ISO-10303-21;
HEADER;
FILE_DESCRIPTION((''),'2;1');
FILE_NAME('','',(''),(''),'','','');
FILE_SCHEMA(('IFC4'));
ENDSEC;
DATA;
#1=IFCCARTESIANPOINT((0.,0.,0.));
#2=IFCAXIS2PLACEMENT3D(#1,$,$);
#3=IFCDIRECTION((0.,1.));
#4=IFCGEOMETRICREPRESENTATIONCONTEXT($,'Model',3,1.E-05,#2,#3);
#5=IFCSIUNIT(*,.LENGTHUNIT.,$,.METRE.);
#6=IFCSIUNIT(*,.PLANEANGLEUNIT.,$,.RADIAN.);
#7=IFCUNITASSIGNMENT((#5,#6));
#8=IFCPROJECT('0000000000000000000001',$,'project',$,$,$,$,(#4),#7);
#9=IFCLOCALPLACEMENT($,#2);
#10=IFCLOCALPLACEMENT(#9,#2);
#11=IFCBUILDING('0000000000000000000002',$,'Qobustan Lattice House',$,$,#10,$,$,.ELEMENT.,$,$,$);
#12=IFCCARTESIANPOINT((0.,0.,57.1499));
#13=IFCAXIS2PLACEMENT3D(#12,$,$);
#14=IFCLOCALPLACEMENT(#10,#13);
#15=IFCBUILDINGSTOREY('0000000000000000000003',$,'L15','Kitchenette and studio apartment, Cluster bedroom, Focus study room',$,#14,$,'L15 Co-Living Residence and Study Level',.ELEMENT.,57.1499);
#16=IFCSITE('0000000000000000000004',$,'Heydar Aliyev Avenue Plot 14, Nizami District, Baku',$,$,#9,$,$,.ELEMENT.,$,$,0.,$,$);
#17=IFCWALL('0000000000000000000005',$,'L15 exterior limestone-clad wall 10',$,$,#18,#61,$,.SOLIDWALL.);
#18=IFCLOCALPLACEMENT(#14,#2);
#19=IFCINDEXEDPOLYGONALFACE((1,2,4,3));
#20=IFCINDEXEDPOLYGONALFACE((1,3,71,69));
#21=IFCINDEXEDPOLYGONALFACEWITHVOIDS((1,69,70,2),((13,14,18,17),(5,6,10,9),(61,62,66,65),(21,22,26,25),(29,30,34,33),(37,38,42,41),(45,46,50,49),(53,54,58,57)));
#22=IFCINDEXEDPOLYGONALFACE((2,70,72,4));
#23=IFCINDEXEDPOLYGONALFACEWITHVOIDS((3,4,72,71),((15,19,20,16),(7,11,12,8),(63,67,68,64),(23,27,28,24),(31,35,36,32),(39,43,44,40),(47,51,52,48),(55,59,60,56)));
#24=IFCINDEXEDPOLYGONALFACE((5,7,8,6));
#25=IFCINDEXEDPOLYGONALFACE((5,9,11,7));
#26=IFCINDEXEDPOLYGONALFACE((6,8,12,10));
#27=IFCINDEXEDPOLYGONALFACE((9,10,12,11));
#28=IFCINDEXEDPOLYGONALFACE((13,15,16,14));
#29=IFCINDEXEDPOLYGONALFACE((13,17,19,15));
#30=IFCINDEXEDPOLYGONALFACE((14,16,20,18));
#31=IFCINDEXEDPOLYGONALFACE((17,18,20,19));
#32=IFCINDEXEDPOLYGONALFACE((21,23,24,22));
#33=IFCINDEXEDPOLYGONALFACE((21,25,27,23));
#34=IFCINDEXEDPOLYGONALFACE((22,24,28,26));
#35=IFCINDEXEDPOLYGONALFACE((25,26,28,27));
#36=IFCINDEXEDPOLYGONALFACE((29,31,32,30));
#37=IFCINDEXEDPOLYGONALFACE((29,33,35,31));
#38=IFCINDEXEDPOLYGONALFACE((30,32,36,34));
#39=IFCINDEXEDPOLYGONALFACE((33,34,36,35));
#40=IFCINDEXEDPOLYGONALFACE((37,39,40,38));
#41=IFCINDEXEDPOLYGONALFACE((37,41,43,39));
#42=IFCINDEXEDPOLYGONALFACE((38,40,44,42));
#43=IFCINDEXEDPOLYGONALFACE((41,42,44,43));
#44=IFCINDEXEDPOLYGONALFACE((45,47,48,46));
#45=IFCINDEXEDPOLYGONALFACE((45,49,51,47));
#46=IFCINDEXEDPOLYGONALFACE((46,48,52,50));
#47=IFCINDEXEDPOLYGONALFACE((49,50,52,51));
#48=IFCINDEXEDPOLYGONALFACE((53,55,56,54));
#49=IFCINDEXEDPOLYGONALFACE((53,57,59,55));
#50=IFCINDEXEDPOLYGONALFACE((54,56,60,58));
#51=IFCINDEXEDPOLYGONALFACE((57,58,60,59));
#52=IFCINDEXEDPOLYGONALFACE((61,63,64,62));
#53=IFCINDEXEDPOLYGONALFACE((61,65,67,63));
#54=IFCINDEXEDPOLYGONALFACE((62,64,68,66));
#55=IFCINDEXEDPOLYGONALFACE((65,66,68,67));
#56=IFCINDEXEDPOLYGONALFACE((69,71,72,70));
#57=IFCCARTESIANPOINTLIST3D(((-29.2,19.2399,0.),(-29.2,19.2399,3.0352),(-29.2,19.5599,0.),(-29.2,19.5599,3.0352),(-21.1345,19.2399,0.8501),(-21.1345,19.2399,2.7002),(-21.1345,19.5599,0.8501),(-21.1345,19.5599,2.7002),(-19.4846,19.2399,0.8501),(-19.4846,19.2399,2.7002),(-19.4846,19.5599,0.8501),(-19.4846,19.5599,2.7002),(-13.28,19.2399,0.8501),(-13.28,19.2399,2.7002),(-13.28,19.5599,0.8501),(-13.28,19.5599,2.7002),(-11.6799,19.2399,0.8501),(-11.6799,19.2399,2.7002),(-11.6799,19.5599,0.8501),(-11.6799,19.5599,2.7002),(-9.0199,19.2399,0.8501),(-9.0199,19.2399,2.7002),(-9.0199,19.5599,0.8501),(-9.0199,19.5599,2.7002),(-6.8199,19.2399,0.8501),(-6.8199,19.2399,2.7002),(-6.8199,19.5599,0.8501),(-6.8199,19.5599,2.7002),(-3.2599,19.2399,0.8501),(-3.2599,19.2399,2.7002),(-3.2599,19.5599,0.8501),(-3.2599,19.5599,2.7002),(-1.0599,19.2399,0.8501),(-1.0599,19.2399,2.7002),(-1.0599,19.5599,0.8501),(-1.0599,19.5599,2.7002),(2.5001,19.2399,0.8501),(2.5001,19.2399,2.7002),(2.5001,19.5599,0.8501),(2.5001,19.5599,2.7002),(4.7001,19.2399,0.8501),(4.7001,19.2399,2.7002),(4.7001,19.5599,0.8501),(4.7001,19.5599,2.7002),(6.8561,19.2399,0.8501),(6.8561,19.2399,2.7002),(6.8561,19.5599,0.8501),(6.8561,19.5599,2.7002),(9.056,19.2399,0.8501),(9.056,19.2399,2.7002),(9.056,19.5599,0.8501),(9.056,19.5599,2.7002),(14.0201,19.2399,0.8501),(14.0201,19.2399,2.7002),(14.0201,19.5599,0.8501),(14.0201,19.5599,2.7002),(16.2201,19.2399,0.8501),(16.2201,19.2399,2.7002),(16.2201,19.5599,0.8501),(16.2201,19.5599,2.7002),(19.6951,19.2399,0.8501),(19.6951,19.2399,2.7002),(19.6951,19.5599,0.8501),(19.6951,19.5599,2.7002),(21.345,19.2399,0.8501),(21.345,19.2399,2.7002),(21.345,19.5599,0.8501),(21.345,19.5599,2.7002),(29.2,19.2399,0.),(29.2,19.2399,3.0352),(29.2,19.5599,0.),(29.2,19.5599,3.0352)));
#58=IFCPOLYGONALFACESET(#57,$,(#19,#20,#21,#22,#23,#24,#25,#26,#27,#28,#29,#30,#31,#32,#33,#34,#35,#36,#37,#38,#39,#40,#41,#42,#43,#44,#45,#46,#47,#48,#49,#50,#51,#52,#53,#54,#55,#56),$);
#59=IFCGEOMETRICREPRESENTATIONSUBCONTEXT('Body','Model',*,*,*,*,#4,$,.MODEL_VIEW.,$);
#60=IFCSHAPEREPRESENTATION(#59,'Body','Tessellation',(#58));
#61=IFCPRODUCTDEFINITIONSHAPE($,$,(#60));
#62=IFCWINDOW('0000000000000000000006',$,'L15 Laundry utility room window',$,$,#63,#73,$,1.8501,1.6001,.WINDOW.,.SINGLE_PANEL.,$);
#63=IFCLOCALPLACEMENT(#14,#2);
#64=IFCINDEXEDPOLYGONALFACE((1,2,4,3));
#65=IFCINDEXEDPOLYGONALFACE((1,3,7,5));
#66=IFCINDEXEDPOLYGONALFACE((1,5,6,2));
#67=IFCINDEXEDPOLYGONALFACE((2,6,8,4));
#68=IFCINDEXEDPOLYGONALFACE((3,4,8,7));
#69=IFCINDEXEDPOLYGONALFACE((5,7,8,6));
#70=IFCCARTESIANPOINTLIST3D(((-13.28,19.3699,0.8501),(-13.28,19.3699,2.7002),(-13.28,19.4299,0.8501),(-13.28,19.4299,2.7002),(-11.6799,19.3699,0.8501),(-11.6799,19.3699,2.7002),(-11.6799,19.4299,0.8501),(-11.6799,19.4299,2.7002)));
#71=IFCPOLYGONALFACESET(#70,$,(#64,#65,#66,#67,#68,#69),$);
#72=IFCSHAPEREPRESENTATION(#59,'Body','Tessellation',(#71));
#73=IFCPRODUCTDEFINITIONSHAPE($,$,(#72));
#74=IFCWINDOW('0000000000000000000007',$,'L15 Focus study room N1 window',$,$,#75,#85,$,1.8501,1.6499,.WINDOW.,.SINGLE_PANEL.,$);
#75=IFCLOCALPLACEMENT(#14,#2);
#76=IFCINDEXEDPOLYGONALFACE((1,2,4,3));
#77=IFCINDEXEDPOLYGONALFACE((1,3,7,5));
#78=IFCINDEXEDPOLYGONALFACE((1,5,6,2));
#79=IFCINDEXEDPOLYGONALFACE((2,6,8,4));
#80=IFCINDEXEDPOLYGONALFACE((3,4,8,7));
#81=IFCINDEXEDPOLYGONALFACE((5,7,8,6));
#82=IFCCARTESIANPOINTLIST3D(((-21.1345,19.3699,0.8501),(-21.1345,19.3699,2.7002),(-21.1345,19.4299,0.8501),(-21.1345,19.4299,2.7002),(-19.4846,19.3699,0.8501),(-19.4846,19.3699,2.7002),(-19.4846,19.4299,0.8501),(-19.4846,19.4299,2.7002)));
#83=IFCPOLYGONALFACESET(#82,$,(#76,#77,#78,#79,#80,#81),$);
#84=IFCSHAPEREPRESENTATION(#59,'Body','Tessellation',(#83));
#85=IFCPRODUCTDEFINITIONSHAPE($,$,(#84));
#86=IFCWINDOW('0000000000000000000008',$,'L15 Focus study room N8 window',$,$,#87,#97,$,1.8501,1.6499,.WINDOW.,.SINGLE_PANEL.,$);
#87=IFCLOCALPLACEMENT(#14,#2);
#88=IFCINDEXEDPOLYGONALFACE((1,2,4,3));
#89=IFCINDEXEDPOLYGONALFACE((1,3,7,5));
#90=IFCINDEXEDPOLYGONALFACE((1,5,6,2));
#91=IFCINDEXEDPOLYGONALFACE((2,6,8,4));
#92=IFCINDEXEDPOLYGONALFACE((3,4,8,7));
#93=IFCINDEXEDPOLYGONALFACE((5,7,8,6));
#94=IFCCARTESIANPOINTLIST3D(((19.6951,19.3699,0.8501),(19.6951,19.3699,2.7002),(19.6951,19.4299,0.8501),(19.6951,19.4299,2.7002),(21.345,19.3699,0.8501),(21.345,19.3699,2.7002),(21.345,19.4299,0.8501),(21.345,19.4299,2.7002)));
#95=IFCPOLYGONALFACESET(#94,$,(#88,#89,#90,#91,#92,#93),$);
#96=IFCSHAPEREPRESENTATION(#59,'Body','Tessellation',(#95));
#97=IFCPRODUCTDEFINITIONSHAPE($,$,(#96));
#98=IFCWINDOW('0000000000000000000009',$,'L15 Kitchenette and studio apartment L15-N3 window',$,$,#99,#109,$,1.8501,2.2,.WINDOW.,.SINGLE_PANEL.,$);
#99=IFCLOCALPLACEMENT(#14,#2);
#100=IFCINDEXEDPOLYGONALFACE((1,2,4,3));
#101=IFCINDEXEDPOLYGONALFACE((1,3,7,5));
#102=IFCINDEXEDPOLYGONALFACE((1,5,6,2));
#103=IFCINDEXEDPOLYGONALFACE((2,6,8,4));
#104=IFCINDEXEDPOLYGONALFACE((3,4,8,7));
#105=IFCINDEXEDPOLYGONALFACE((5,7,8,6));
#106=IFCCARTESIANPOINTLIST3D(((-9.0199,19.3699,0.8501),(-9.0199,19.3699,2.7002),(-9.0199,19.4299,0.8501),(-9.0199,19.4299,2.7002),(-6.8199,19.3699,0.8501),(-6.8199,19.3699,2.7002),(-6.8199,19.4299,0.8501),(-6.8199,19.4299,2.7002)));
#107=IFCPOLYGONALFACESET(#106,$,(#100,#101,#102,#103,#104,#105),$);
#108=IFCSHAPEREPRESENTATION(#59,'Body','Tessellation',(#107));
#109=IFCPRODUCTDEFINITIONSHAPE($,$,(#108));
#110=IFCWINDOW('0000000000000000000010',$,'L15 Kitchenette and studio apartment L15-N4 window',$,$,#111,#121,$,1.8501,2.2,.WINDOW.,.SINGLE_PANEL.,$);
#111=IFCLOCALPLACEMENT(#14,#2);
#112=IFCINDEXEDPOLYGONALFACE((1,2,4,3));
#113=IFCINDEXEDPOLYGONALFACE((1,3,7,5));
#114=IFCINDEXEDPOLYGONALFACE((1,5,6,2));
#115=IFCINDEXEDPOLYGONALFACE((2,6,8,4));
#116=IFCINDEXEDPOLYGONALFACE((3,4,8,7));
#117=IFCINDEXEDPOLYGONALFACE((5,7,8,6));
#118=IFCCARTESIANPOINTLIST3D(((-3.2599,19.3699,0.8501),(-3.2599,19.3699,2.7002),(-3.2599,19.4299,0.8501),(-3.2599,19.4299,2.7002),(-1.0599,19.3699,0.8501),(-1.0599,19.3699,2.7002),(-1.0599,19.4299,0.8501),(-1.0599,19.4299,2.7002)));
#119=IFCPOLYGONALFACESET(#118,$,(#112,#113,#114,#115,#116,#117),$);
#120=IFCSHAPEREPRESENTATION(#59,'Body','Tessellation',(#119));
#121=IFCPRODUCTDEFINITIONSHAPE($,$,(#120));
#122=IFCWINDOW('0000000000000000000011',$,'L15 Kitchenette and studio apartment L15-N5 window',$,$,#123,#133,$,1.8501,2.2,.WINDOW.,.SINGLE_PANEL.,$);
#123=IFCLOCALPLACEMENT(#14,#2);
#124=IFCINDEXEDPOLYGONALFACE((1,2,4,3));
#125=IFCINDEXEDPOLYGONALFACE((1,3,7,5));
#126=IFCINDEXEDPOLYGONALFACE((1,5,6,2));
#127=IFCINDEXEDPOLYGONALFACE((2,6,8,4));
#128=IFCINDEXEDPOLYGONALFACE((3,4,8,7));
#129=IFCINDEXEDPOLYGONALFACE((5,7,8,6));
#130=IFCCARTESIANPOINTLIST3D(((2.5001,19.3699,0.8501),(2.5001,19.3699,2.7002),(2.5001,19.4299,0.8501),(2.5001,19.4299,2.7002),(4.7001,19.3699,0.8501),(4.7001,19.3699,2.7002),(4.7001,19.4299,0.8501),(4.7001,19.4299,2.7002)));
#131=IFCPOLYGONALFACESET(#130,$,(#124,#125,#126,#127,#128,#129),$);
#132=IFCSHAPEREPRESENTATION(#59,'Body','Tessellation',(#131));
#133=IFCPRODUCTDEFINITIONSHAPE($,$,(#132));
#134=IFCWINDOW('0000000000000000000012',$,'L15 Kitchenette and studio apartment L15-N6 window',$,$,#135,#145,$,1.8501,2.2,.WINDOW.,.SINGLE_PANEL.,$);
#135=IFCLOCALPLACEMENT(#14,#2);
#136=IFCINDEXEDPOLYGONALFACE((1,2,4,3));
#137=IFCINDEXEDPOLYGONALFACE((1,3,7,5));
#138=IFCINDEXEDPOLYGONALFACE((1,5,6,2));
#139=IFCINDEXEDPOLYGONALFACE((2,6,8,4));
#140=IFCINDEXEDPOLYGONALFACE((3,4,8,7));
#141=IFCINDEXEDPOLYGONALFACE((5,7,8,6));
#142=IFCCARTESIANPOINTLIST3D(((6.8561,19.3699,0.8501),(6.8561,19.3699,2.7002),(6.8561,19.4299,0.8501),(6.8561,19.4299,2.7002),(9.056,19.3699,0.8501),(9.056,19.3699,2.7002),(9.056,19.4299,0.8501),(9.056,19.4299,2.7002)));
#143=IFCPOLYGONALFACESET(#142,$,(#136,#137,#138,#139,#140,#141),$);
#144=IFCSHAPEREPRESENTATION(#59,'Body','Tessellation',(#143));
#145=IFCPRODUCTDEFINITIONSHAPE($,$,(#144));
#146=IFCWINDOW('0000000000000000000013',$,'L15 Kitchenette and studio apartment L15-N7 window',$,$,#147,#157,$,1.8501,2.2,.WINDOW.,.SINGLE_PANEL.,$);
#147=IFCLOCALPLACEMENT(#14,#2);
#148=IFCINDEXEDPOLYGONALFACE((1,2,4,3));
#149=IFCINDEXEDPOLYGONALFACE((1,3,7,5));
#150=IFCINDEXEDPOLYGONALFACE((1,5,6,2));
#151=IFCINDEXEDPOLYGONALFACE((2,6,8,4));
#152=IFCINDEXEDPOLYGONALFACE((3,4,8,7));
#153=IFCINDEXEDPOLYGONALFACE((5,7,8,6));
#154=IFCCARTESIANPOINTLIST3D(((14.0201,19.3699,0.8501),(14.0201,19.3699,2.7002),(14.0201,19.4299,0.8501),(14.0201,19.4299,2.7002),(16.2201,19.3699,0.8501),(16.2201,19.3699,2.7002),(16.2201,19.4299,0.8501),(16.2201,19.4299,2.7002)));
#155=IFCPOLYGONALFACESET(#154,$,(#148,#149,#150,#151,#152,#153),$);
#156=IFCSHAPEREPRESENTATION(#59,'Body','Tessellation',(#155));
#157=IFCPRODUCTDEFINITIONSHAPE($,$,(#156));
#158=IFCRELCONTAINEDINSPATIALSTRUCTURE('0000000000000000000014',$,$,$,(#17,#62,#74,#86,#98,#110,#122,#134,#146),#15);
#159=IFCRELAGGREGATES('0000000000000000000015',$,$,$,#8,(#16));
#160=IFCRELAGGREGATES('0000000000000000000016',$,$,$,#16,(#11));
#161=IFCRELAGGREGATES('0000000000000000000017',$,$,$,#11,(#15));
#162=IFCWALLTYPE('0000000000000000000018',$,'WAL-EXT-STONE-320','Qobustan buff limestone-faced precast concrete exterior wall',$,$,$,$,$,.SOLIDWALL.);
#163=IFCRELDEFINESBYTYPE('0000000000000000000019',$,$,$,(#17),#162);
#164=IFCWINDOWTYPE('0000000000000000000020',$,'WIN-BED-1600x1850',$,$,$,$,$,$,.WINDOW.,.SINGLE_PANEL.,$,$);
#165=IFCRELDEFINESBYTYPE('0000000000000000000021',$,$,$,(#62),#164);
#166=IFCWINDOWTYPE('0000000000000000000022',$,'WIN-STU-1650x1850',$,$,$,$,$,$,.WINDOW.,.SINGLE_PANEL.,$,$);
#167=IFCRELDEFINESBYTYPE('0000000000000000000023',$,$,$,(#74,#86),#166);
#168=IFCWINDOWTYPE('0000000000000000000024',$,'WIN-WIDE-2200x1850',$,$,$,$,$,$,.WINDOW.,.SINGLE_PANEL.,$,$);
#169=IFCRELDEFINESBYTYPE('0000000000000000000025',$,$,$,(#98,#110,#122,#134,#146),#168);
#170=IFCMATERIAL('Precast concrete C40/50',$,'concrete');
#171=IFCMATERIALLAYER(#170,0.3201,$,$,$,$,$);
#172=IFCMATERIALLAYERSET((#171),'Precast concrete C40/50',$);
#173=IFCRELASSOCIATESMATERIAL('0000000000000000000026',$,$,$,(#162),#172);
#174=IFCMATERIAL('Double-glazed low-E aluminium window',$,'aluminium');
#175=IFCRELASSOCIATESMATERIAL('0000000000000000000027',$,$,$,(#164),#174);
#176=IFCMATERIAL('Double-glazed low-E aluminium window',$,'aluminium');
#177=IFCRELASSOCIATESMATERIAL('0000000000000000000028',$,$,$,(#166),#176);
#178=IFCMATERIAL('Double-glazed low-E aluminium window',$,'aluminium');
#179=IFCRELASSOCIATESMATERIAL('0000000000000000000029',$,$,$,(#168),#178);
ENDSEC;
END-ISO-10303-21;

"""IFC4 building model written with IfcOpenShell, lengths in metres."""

from ifc_helpers import new_model, si_unit, direction, frame, frame_2d, origin, place, context, subcontext, project, spatial, rectangle, extrude, material, layer, layer_set, type_object, element, fill, save


model = new_model("IFC4")

# Units and contexts
model_context = context("Model", 3, precision=1e-05, world=origin(), true_north=direction((0.0, 1.0)))
body_context = subcontext(model_context, "Body", "Model", "MODEL_VIEW")
ifc_project = project(units=[si_unit("LENGTHUNIT", "METRE"), si_unit("PLANEANGLEUNIT", "RADIAN")], contexts=[model_context])

# Site, building, storey
site_placement = place(None, origin())
site = spatial("IfcSite", under=ifc_project, at=site_placement, Name="Heydar Aliyev Avenue Plot 14, Nizami District, Baku", CompositionType="ELEMENT", RefElevation=0.0)
building_placement = place(site_placement, origin())
building = spatial("IfcBuilding", under=site, at=building_placement, Name="Qobustan Lattice House", CompositionType="ELEMENT")
storey_placement = place(building_placement, frame((0.0, 0.0, 57.1499)))
storey = spatial("IfcBuildingStorey", under=building, at=storey_placement, Name="L15", Description="Kitchenette and studio apartment, Cluster bedroom, Focus study room", LongName="L15 Co-Living Residence and Study Level", CompositionType="ELEMENT", Elevation=57.1499)

# Shared definitions
ifc_material_1 = material(Name="Precast concrete C40/50", Category="concrete")
ifc_layer_1 = layer(ifc_material_1, 0.3201)
ifc_layer_set_1 = layer_set([ifc_layer_1], Name="Precast concrete C40/50")
wall_type = type_object("IfcWallType", Name="WAL-EXT-STONE-320", Description="Qobustan buff limestone-faced precast concrete exterior wall", PredefinedType="SOLIDWALL", material=ifc_layer_set_1)

# Wall, openings, windows
wall_1_placement = place(storey_placement, frame((-29.2, 19.3999, 0.0), z_axis=(0.0, 0.0, 1.0), x_axis=(1.0, 0.0, 0.0)))
wall_1 = element("IfcWall", 1, at=wall_1_placement, inside=storey, type_object=wall_type, Name="L15 exterior limestone-clad wall 10", PredefinedType="SOLIDWALL", context=body_context, shape_type="SweptSolid", body=[
    extrude(rectangle(XDim=58.3999, YDim=0.3201, at=frame_2d((29.2, 0.0))), origin(), (0.0, 0.0, 1.0), 3.0352),
])
opening_1_placement = place(wall_1_placement, frame((8.0654, 0.0, 0.8501)))
opening_1 = element("IfcOpeningElement", 2, at=opening_1_placement, cuts=wall_1, PredefinedType="OPENING", context=body_context, shape_type="SweptSolid", body=[
    extrude(rectangle(XDim=1.6499, YDim=1.8501, at=frame_2d((0.825, 0.925))), frame((0.0, 0.1699, 0.0), z_axis=(0.0, -1.0, 0.0), x_axis=(1.0, 0.0, 0.0)), (0.0, 0.0, 1.0), 0.3401),
])
opening_2_placement = place(wall_1_placement, frame((15.9199, 0.0, 0.8501)))
opening_2 = element("IfcOpeningElement", 3, at=opening_2_placement, cuts=wall_1, PredefinedType="OPENING", context=body_context, shape_type="SweptSolid", body=[
    extrude(rectangle(XDim=1.6001, YDim=1.8501, at=frame_2d((0.8, 0.925))), frame((0.0, 0.1699, 0.0), z_axis=(0.0, -1.0, 0.0), x_axis=(1.0, 0.0, 0.0)), (0.0, 0.0, 1.0), 0.3401),
])
opening_3_placement = place(wall_1_placement, frame((20.1799, 0.0, 0.8501)))
opening_3 = element("IfcOpeningElement", 4, at=opening_3_placement, cuts=wall_1, PredefinedType="OPENING", context=body_context, shape_type="SweptSolid", body=[
    extrude(rectangle(XDim=2.2, YDim=1.8501, at=frame_2d((1.1001, 0.925))), frame((0.0, 0.1699, 0.0), z_axis=(0.0, -1.0, 0.0), x_axis=(1.0, 0.0, 0.0)), (0.0, 0.0, 1.0), 0.3401),
])
opening_4_placement = place(wall_1_placement, frame((25.9399, 0.0, 0.8501)))
opening_4 = element("IfcOpeningElement", 5, at=opening_4_placement, cuts=wall_1, PredefinedType="OPENING", context=body_context, shape_type="SweptSolid", body=[
    extrude(rectangle(XDim=2.2, YDim=1.8501, at=frame_2d((1.1001, 0.925))), frame((0.0, 0.1699, 0.0), z_axis=(0.0, -1.0, 0.0), x_axis=(1.0, 0.0, 0.0)), (0.0, 0.0, 1.0), 0.3401),
])
opening_5_placement = place(wall_1_placement, frame((31.7, 0.0, 0.8501)))
opening_5 = element("IfcOpeningElement", 6, at=opening_5_placement, cuts=wall_1, PredefinedType="OPENING", context=body_context, shape_type="SweptSolid", body=[
    extrude(rectangle(XDim=2.2, YDim=1.8501, at=frame_2d((1.1001, 0.925))), frame((0.0, 0.1699, 0.0), z_axis=(0.0, -1.0, 0.0), x_axis=(1.0, 0.0, 0.0)), (0.0, 0.0, 1.0), 0.3401),
])
opening_6_placement = place(wall_1_placement, frame((36.0559, 0.0, 0.8501)))
opening_6 = element("IfcOpeningElement", 7, at=opening_6_placement, cuts=wall_1, PredefinedType="OPENING", context=body_context, shape_type="SweptSolid", body=[
    extrude(rectangle(XDim=2.2, YDim=1.8501, at=frame_2d((1.1001, 0.925))), frame((0.0, 0.1699, 0.0), z_axis=(0.0, -1.0, 0.0), x_axis=(1.0, 0.0, 0.0)), (0.0, 0.0, 1.0), 0.3401),
])
opening_7_placement = place(wall_1_placement, frame((43.22, 0.0, 0.8501)))
opening_7 = element("IfcOpeningElement", 8, at=opening_7_placement, cuts=wall_1, PredefinedType="OPENING", context=body_context, shape_type="SweptSolid", body=[
    extrude(rectangle(XDim=2.2, YDim=1.8501, at=frame_2d((1.1001, 0.925))), frame((0.0, 0.1699, 0.0), z_axis=(0.0, -1.0, 0.0), x_axis=(1.0, 0.0, 0.0)), (0.0, 0.0, 1.0), 0.3401),
])
opening_8_placement = place(wall_1_placement, frame((48.895, 0.0, 0.8501)))
opening_8 = element("IfcOpeningElement", 9, at=opening_8_placement, cuts=wall_1, PredefinedType="OPENING", context=body_context, shape_type="SweptSolid", body=[
    extrude(rectangle(XDim=1.6499, YDim=1.8501, at=frame_2d((0.825, 0.925))), frame((0.0, 0.1699, 0.0), z_axis=(0.0, -1.0, 0.0), x_axis=(1.0, 0.0, 0.0)), (0.0, 0.0, 1.0), 0.3401),
])
ifc_material_2 = material(Name="Double-glazed low-E aluminium window", Category="aluminium")
window_type_1 = type_object("IfcWindowType", Name="WIN-BED-1600x1850", PartitioningType="SINGLE_PANEL", PredefinedType="WINDOW", material=ifc_material_2)
window_1_placement = place(opening_2_placement, origin())
window_1 = element("IfcWindow", 10, at=window_1_placement, inside=storey, type_object=window_type_1, Name="L15 Laundry utility room window", OverallHeight=1.8501, OverallWidth=1.6001, PartitioningType="SINGLE_PANEL", PredefinedType="WINDOW", context=body_context, shape_type="SweptSolid", body=[
    extrude(rectangle(XDim=1.6001, YDim=1.8501, at=frame_2d((0.8, 0.925))), frame((0.0, 0.03, 0.0), z_axis=(0.0, -1.0, 0.0), x_axis=(1.0, 0.0, 0.0)), (0.0, 0.0, 1.0), 0.0601),
])
fill(opening_2, window_1)
ifc_material_3 = material(Name="Double-glazed low-E aluminium window", Category="aluminium")
window_type_2 = type_object("IfcWindowType", Name="WIN-STU-1650x1850", PartitioningType="SINGLE_PANEL", PredefinedType="WINDOW", material=ifc_material_3)
window_2_placement = place(opening_1_placement, origin())
window_2 = element("IfcWindow", 11, at=window_2_placement, inside=storey, type_object=window_type_2, Name="L15 Focus study room N1 window", OverallHeight=1.8501, OverallWidth=1.6499, PartitioningType="SINGLE_PANEL", PredefinedType="WINDOW", context=body_context, shape_type="SweptSolid", body=[
    extrude(rectangle(XDim=1.6499, YDim=1.8501, at=frame_2d((0.825, 0.925))), frame((0.0, 0.03, 0.0), z_axis=(0.0, -1.0, 0.0), x_axis=(1.0, 0.0, 0.0)), (0.0, 0.0, 1.0), 0.0601),
])
fill(opening_1, window_2)
window_3_placement = place(opening_8_placement, origin())
window_3 = element("IfcWindow", 12, at=window_3_placement, inside=storey, type_object=window_type_2, Name="L15 Focus study room N8 window", OverallHeight=1.8501, OverallWidth=1.6499, PartitioningType="SINGLE_PANEL", PredefinedType="WINDOW", context=body_context, shape_type="SweptSolid", body=[
    extrude(rectangle(XDim=1.6499, YDim=1.8501, at=frame_2d((0.825, 0.925))), frame((0.0, 0.03, 0.0), z_axis=(0.0, -1.0, 0.0), x_axis=(1.0, 0.0, 0.0)), (0.0, 0.0, 1.0), 0.0601),
])
fill(opening_8, window_3)
ifc_material_4 = material(Name="Double-glazed low-E aluminium window", Category="aluminium")
window_type_3 = type_object("IfcWindowType", Name="WIN-WIDE-2200x1850", PartitioningType="SINGLE_PANEL", PredefinedType="WINDOW", material=ifc_material_4)
window_4_placement = place(opening_3_placement, origin())
window_4 = element("IfcWindow", 13, at=window_4_placement, inside=storey, type_object=window_type_3, Name="L15 Kitchenette and studio apartment L15-N3 window", OverallHeight=1.8501, OverallWidth=2.2, PartitioningType="SINGLE_PANEL", PredefinedType="WINDOW", context=body_context, shape_type="SweptSolid", body=[
    extrude(rectangle(XDim=2.2, YDim=1.8501, at=frame_2d((1.1001, 0.925))), frame((0.0, 0.03, 0.0), z_axis=(0.0, -1.0, 0.0), x_axis=(1.0, 0.0, 0.0)), (0.0, 0.0, 1.0), 0.0601),
])
fill(opening_3, window_4)
window_5_placement = place(opening_4_placement, origin())
window_5 = element("IfcWindow", 14, at=window_5_placement, inside=storey, type_object=window_type_3, Name="L15 Kitchenette and studio apartment L15-N4 window", OverallHeight=1.8501, OverallWidth=2.2, PartitioningType="SINGLE_PANEL", PredefinedType="WINDOW", context=body_context, shape_type="SweptSolid", body=[
    extrude(rectangle(XDim=2.2, YDim=1.8501, at=frame_2d((1.1001, 0.925))), frame((0.0, 0.03, 0.0), z_axis=(0.0, -1.0, 0.0), x_axis=(1.0, 0.0, 0.0)), (0.0, 0.0, 1.0), 0.0601),
])
fill(opening_4, window_5)
window_6_placement = place(opening_5_placement, origin())
window_6 = element("IfcWindow", 15, at=window_6_placement, inside=storey, type_object=window_type_3, Name="L15 Kitchenette and studio apartment L15-N5 window", OverallHeight=1.8501, OverallWidth=2.2, PartitioningType="SINGLE_PANEL", PredefinedType="WINDOW", context=body_context, shape_type="SweptSolid", body=[
    extrude(rectangle(XDim=2.2, YDim=1.8501, at=frame_2d((1.1001, 0.925))), frame((0.0, 0.03, 0.0), z_axis=(0.0, -1.0, 0.0), x_axis=(1.0, 0.0, 0.0)), (0.0, 0.0, 1.0), 0.0601),
])
fill(opening_5, window_6)
window_7_placement = place(opening_6_placement, origin())
window_7 = element("IfcWindow", 16, at=window_7_placement, inside=storey, type_object=window_type_3, Name="L15 Kitchenette and studio apartment L15-N6 window", OverallHeight=1.8501, OverallWidth=2.2, PartitioningType="SINGLE_PANEL", PredefinedType="WINDOW", context=body_context, shape_type="SweptSolid", body=[
    extrude(rectangle(XDim=2.2, YDim=1.8501, at=frame_2d((1.1001, 0.925))), frame((0.0, 0.03, 0.0), z_axis=(0.0, -1.0, 0.0), x_axis=(1.0, 0.0, 0.0)), (0.0, 0.0, 1.0), 0.0601),
])
fill(opening_6, window_7)
window_8_placement = place(opening_7_placement, origin())
window_8 = element("IfcWindow", 17, at=window_8_placement, inside=storey, type_object=window_type_3, Name="L15 Kitchenette and studio apartment L15-N7 window", OverallHeight=1.8501, OverallWidth=2.2, PartitioningType="SINGLE_PANEL", PredefinedType="WINDOW", context=body_context, shape_type="SweptSolid", body=[
    extrude(rectangle(XDim=2.2, YDim=1.8501, at=frame_2d((1.1001, 0.925))), frame((0.0, 0.03, 0.0), z_axis=(0.0, -1.0, 0.0), x_axis=(1.0, 0.0, 0.0)), (0.0, 0.0, 1.0), 0.0601),
])
fill(opening_7, window_8)

save(model, "model.ifc")
